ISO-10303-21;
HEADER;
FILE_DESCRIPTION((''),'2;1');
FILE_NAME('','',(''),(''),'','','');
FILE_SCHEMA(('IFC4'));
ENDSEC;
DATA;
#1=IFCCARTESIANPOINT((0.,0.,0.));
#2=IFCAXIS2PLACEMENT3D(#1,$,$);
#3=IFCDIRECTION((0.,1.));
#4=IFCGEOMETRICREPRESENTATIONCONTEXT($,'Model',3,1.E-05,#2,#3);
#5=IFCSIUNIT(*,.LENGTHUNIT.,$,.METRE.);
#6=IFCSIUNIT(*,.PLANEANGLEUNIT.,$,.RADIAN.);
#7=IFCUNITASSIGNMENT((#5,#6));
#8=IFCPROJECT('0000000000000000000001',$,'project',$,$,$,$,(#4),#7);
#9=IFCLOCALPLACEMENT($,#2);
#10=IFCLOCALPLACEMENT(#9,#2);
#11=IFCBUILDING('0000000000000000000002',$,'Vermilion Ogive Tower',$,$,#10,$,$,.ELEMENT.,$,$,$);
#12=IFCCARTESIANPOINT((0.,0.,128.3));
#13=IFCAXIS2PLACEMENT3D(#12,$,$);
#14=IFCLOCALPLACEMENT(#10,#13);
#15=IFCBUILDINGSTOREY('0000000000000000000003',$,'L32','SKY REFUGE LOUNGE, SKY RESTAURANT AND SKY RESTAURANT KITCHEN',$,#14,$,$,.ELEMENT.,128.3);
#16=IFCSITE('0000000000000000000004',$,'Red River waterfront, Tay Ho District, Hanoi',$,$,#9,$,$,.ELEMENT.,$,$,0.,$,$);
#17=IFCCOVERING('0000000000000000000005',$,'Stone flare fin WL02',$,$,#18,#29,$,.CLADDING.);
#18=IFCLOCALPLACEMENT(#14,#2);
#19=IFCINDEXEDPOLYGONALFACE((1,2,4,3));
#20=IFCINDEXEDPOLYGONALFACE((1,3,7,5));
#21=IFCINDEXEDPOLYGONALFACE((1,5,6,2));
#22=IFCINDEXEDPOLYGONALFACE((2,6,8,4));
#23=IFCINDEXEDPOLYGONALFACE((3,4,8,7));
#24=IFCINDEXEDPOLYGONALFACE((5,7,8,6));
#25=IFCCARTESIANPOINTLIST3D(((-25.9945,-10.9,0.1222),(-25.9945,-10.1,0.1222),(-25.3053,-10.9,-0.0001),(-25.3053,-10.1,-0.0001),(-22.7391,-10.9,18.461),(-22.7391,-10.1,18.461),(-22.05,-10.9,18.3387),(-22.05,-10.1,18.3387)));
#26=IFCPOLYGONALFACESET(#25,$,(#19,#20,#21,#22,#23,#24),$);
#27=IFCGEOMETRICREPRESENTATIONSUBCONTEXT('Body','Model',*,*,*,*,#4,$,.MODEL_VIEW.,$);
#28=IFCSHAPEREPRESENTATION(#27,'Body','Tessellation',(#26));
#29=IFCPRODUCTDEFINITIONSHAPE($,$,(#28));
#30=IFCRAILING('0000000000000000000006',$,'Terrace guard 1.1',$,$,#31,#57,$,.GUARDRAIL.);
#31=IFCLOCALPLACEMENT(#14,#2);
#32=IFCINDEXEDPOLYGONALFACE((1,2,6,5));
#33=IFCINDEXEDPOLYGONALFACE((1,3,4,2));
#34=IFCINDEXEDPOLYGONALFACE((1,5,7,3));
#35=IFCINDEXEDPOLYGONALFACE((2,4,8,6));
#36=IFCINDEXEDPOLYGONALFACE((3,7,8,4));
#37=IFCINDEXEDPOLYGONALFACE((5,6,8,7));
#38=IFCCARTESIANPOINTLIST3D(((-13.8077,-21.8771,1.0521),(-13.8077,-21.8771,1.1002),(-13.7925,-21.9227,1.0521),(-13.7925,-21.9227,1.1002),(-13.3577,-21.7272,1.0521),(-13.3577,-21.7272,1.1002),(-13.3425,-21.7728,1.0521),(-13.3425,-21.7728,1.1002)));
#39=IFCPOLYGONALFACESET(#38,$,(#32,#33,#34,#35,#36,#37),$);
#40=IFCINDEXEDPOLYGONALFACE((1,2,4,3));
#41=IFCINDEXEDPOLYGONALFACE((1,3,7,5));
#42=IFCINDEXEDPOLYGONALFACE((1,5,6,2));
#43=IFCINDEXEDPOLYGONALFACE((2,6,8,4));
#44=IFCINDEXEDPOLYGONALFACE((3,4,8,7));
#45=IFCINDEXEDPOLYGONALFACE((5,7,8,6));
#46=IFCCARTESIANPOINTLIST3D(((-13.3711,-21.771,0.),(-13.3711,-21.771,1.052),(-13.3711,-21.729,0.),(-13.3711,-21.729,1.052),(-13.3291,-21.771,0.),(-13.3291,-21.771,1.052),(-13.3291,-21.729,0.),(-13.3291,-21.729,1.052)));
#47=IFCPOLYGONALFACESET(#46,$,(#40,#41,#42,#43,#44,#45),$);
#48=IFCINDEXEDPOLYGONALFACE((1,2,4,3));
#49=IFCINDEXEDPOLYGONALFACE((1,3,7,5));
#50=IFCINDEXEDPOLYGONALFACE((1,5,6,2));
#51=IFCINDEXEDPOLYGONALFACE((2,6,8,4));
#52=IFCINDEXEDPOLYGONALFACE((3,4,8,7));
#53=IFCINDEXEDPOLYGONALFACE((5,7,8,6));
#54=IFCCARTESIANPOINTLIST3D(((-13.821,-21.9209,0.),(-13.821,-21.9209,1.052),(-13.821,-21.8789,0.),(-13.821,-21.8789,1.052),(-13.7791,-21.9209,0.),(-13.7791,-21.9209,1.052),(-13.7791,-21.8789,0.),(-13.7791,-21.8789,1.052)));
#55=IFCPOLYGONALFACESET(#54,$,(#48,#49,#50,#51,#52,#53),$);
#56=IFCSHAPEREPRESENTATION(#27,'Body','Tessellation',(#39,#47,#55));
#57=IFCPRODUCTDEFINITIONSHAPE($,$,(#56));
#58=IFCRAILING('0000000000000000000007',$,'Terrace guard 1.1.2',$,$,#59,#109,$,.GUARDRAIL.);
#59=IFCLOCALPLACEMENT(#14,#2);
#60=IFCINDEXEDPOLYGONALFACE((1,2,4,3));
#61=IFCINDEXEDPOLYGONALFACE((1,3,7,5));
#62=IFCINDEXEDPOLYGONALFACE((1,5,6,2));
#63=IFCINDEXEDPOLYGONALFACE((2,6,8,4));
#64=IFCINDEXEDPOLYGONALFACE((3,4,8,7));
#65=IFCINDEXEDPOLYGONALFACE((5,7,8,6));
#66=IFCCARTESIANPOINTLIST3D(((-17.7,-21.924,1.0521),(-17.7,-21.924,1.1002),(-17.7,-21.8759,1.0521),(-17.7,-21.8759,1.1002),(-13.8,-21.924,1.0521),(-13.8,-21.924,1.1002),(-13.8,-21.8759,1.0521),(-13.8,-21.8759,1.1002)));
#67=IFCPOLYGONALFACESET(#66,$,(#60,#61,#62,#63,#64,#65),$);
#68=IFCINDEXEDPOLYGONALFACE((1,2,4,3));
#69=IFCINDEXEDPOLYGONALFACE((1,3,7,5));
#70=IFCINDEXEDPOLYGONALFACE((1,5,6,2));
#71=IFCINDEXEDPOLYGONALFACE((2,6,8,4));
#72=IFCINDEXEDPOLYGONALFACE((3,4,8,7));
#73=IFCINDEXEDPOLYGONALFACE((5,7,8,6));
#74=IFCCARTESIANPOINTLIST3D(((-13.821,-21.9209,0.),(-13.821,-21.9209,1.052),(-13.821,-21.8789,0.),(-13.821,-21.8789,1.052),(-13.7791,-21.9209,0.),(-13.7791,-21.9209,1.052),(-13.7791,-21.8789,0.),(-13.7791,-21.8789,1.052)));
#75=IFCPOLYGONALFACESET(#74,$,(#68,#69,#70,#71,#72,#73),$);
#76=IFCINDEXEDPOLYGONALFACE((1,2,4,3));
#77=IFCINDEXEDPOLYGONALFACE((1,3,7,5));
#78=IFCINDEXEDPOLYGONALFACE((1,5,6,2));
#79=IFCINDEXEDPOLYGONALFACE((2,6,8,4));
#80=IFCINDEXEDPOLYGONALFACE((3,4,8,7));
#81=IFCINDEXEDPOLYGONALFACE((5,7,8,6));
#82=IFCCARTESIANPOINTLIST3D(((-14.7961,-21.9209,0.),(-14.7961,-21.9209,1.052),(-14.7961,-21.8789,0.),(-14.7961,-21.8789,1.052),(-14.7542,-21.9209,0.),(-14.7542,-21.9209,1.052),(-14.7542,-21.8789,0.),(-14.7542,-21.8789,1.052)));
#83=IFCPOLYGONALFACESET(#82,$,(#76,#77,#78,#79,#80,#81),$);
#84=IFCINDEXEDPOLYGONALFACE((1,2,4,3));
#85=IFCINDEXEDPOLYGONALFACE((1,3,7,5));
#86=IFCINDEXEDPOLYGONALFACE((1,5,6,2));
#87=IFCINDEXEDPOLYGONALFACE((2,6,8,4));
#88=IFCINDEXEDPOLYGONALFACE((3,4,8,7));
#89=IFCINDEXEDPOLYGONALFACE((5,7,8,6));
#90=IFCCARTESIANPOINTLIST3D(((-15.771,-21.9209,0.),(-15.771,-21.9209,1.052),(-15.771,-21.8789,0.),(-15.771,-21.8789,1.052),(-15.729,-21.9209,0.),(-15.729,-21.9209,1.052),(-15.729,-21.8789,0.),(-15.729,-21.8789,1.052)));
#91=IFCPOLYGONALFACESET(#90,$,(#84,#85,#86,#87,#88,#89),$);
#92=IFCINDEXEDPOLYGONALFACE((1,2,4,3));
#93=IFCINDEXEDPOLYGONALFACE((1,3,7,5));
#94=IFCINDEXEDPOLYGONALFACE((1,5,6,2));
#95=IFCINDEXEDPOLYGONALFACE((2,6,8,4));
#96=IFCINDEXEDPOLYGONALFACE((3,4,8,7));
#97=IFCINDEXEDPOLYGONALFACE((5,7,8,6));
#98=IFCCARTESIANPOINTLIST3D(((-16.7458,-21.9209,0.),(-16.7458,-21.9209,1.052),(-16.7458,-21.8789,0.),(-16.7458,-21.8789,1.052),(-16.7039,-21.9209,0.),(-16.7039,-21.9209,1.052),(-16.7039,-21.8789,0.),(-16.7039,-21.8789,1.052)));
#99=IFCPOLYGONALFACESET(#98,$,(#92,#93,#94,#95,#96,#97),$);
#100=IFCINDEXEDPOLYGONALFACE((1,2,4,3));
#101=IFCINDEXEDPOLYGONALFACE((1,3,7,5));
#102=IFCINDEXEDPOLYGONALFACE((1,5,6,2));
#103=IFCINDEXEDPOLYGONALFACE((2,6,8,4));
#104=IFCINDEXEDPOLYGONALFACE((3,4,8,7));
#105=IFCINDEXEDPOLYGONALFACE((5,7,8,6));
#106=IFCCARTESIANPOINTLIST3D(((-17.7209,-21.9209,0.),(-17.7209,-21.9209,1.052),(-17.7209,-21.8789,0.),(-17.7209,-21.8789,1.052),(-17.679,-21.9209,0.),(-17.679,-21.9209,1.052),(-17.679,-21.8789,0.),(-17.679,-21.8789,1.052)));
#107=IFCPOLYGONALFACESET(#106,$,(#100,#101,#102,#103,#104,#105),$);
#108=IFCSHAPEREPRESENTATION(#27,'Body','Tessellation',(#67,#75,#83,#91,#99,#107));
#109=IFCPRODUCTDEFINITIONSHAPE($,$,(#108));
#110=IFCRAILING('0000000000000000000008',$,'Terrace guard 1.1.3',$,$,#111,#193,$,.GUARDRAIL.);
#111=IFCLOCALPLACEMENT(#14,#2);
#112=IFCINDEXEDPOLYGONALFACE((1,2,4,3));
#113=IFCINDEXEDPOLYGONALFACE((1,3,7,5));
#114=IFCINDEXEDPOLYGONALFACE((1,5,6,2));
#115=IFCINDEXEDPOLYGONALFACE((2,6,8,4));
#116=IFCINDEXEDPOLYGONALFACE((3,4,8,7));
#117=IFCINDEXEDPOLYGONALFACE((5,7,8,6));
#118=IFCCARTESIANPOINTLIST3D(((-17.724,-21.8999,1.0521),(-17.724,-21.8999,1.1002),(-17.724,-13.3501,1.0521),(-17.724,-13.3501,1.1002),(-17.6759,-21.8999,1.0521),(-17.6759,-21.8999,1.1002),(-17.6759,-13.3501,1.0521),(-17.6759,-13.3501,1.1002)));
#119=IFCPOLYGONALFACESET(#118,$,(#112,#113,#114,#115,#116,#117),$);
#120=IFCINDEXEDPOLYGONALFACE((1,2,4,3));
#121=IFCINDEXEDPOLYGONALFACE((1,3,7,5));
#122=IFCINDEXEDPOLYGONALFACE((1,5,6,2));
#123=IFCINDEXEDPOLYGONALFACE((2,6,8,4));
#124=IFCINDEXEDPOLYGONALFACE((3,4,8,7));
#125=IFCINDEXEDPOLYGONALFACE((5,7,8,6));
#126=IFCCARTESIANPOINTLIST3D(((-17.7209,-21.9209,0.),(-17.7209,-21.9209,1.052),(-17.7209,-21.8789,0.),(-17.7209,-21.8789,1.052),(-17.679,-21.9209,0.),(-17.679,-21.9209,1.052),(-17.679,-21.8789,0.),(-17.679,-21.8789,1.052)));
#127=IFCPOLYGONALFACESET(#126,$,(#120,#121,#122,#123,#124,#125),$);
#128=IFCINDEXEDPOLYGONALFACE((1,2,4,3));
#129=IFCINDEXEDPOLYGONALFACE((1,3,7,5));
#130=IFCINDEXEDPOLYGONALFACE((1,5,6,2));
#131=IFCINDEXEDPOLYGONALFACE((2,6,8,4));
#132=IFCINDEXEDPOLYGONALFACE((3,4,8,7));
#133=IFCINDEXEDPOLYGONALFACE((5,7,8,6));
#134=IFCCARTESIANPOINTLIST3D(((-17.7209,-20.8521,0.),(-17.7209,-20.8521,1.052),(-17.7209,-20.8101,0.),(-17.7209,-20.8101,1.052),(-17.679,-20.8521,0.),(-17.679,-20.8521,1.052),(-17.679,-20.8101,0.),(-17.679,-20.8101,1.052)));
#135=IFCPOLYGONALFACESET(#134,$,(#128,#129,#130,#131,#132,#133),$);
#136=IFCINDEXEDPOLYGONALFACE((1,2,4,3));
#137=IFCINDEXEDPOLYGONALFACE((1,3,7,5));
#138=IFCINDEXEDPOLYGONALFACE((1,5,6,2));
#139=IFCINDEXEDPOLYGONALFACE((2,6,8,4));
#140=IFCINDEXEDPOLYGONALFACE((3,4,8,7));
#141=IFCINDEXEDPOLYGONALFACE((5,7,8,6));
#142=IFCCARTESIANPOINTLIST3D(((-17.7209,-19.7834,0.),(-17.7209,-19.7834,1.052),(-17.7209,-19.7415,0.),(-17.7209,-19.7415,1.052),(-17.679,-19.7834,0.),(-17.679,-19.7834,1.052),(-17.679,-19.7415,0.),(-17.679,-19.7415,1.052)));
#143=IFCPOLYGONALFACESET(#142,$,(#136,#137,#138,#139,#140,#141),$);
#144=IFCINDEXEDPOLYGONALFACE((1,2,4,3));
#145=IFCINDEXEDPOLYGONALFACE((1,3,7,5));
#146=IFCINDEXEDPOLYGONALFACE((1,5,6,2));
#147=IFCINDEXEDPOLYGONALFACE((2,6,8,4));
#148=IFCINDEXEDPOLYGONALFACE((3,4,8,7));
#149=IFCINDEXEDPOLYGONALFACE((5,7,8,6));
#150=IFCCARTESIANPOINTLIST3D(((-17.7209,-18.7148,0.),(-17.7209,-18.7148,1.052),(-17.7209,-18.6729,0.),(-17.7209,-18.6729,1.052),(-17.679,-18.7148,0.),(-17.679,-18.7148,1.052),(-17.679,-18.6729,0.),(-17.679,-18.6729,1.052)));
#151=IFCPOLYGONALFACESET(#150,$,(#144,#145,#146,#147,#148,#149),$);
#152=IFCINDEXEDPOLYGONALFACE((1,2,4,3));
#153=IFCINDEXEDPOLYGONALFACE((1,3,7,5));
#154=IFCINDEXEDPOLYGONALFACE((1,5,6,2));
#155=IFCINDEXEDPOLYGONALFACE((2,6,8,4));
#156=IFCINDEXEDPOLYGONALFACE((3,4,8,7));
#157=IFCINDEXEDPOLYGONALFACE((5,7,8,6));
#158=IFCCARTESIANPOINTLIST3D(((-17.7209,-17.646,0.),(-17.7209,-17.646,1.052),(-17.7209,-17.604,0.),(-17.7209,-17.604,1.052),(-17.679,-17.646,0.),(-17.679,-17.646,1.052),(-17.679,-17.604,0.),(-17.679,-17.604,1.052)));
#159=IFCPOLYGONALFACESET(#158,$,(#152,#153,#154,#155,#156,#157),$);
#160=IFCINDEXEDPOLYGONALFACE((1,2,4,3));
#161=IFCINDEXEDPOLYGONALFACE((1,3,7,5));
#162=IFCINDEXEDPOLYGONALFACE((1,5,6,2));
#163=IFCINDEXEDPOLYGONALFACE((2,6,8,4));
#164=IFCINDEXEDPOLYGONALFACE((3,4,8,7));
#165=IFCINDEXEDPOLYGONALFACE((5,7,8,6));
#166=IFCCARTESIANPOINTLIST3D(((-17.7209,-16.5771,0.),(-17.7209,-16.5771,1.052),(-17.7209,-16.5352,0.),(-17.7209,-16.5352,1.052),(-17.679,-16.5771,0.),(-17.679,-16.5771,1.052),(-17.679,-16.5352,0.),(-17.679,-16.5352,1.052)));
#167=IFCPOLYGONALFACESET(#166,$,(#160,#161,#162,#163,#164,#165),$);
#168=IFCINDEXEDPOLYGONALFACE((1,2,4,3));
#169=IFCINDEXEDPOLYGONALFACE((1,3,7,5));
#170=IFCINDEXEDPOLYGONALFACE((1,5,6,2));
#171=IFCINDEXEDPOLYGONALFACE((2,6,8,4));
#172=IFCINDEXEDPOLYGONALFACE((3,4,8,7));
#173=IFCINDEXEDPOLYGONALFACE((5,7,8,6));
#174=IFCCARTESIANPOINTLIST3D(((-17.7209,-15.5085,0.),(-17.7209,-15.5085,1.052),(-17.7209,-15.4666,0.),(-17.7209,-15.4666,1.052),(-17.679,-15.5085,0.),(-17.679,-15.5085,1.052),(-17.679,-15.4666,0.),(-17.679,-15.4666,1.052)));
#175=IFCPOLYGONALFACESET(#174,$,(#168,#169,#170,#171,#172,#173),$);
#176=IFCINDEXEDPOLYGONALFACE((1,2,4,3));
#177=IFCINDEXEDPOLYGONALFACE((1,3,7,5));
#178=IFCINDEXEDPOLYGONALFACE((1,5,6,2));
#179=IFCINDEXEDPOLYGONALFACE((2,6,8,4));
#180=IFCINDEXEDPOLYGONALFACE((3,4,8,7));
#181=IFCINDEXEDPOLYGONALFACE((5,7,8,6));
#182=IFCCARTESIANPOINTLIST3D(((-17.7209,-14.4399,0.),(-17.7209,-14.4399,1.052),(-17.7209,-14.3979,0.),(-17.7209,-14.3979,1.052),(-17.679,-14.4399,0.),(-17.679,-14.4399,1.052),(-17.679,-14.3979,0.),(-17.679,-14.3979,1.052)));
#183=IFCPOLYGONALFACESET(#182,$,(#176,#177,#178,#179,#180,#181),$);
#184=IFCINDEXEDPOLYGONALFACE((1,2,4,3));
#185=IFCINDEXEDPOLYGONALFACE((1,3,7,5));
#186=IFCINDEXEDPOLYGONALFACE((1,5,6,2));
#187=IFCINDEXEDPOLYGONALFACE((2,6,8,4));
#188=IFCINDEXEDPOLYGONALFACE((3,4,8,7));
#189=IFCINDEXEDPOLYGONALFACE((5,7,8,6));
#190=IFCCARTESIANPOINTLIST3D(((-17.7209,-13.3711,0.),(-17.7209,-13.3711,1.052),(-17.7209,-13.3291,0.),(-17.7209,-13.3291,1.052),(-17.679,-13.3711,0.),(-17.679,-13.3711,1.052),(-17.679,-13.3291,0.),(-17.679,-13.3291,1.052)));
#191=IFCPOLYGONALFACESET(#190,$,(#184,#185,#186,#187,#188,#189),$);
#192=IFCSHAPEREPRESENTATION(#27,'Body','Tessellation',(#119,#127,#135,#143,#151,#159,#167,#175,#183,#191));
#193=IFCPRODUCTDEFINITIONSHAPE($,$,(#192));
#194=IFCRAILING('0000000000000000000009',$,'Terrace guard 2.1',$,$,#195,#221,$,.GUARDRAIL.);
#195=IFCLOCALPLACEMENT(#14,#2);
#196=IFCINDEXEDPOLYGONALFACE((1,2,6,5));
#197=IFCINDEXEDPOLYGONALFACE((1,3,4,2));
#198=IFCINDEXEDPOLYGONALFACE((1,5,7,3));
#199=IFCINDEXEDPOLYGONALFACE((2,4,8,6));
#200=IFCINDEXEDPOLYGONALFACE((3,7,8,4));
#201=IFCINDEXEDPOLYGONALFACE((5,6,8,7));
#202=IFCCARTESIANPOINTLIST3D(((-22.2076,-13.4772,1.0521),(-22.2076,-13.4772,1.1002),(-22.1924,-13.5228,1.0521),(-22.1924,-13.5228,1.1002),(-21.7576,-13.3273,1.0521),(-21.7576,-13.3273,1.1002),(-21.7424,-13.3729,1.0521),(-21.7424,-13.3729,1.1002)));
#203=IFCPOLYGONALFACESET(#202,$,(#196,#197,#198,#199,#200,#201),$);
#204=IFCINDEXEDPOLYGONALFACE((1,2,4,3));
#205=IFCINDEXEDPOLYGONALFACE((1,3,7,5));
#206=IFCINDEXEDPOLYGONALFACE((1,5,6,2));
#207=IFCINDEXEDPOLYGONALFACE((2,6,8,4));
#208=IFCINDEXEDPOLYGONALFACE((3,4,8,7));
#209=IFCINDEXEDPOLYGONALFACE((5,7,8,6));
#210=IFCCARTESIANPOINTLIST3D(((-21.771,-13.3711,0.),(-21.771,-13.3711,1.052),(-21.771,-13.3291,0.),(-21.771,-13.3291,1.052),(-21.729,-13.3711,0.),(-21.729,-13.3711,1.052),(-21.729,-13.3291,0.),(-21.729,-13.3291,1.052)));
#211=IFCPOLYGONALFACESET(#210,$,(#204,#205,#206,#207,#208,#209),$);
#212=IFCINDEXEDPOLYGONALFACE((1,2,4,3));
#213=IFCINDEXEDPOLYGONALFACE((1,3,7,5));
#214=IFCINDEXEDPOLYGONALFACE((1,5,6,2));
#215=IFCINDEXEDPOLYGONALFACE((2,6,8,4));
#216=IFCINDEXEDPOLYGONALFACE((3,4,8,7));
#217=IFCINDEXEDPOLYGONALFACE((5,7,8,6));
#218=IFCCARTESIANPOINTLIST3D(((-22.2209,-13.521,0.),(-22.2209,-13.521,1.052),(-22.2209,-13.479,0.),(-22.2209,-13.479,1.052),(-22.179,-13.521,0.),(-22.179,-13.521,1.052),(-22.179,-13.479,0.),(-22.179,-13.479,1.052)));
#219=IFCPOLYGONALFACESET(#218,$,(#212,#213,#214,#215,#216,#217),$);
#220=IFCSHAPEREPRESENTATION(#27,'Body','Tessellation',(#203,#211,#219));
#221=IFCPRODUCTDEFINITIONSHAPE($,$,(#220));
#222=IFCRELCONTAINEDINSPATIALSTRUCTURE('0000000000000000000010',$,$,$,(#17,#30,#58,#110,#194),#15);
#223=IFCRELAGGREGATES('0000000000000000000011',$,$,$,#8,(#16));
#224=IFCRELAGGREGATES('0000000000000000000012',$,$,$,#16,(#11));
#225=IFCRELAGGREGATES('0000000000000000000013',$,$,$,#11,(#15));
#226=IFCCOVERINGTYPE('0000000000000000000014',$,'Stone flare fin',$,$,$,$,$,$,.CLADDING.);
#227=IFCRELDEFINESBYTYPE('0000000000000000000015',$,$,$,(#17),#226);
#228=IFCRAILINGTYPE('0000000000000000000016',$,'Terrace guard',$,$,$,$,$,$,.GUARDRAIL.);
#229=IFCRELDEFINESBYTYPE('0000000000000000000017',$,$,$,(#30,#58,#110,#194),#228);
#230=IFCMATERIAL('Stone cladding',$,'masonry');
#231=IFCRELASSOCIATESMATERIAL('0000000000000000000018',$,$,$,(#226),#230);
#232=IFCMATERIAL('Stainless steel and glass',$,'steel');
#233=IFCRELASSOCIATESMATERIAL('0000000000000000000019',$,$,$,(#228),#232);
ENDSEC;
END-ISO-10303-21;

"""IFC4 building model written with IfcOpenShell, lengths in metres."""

from ifc_helpers import new_model, si_unit, direction, frame, origin, origin_2d, place, context, subcontext, project, spatial, rectangle, extrude, material, material_profile, profile_set, type_object, element, save


model = new_model("IFC4")

# Units and contexts
model_context = context("Model", 3, precision=1e-05, world=origin(), true_north=direction((0.0, 1.0)))
body_context = subcontext(model_context, "Body", "Model", "MODEL_VIEW")
ifc_project = project(units=[si_unit("LENGTHUNIT", "METRE"), si_unit("PLANEANGLEUNIT", "RADIAN")], contexts=[model_context])

# Site, building, storey
site_placement = place(None, origin())
site = spatial("IfcSite", under=ifc_project, at=site_placement, Name="Red River waterfront, Tay Ho District, Hanoi", CompositionType="ELEMENT", RefElevation=0.0)
building_placement = place(site_placement, origin())
building = spatial("IfcBuilding", under=site, at=building_placement, Name="Vermilion Ogive Tower", CompositionType="ELEMENT")
storey_placement = place(building_placement, frame((0.0, 0.0, 128.3)))
storey = spatial("IfcBuildingStorey", under=building, at=storey_placement, Name="L32", Description="SKY REFUGE LOUNGE, SKY RESTAURANT AND SKY RESTAURANT KITCHEN", CompositionType="ELEMENT", Elevation=128.3)

# Covering
ifc_material_1 = material(Name="Stone cladding", Category="masonry")
ifc_material_profile_1 = material_profile(ifc_material_1, rectangle(XDim=0.8, YDim=0.7, at=origin_2d()), Name="STONE 800x700")
ifc_profile_set_1 = profile_set([ifc_material_profile_1], Name="Stone cladding")
covering_type = type_object("IfcCoveringType", Name="Stone flare fin", PredefinedType="CLADDING", material=ifc_profile_set_1)
for number, where, z_axis, x_axis, name in (
    (1, (-25.6499, -10.5, 0.061), (0.17478, 0.0, 0.984608), (0.0, 1.0, 0.0), "Stone flare fin WL02"),
):
    element("IfcCovering", number, at=place(storey_placement, frame(where, z_axis=z_axis, x_axis=x_axis)), inside=storey, type_object=covering_type, Name=name, PredefinedType="CLADDING", context=body_context, shape_type="SweptSolid", body=[
        extrude(rectangle(XDim=0.8, YDim=0.7, at=origin_2d()), origin(), (0.0, 0.0, 1.0), 18.6255),
    ])

# Railings
ifc_material_2 = material(Name="Stainless steel and glass", Category="steel")
railing_type = type_object("IfcRailingType", Name="Terrace guard", PredefinedType="GUARDRAIL", material=ifc_material_2)
railing_1_placement = place(storey_placement, frame((-13.3501, -21.75, 0.0)))
element("IfcRailing", 2, at=railing_1_placement, inside=storey, type_object=railing_type, Name="Terrace guard 1.1", PredefinedType="GUARDRAIL", context=body_context, shape_type="SweptSolid", body=[
    extrude(rectangle(XDim=0.0481, YDim=0.0481, at=origin_2d()), frame((0.0, 0.0, 1.0762), z_axis=(-0.948735, -0.316073, 0.0), x_axis=(0.316073, -0.948735, 0.0)), (0.0, 0.0, 1.0), 0.4744),
    extrude(rectangle(XDim=0.042, YDim=0.042, at=origin_2d()), origin(), (0.0, 0.0, 1.0), 1.052),
    extrude(rectangle(XDim=0.042, YDim=0.042, at=origin_2d()), frame((-0.45, -0.1499, 0.0)), (0.0, 0.0, 1.0), 1.052),
])
railing_2_placement = place(storey_placement, frame((-13.8, -21.8999, 0.0)))
element("IfcRailing", 3, at=railing_2_placement, inside=storey, type_object=railing_type, Name="Terrace guard 1.1.2", PredefinedType="GUARDRAIL", context=body_context, shape_type="SweptSolid", body=[
    extrude(rectangle(XDim=0.0481, YDim=0.0481, at=origin_2d()), frame((0.0, 0.0, 1.0762), z_axis=(-1.0, 0.0, 0.0), x_axis=(0.0, -1.0, 0.0)), (0.0, 0.0, 1.0), 3.8999),
    extrude(rectangle(XDim=0.042, YDim=0.042, at=origin_2d()), origin(), (0.0, 0.0, 1.0), 1.052),
    extrude(rectangle(XDim=0.042, YDim=0.042, at=origin_2d()), frame((-0.9751, 0.0, 0.0)), (0.0, 0.0, 1.0), 1.052),
    extrude(rectangle(XDim=0.042, YDim=0.042, at=origin_2d()), frame((-1.95, 0.0, 0.0)), (0.0, 0.0, 1.0), 1.052),
    extrude(rectangle(XDim=0.042, YDim=0.042, at=origin_2d()), frame((-2.9248, 0.0, 0.0)), (0.0, 0.0, 1.0), 1.052),
    extrude(rectangle(XDim=0.042, YDim=0.042, at=origin_2d()), frame((-3.8999, 0.0, 0.0)), (0.0, 0.0, 1.0), 1.052),
])
railing_3_placement = place(storey_placement, frame((-17.7, -21.8999, 0.0)))
element("IfcRailing", 4, at=railing_3_placement, inside=storey, type_object=railing_type, Name="Terrace guard 1.1.3", PredefinedType="GUARDRAIL", context=body_context, shape_type="SweptSolid", body=[
    extrude(rectangle(XDim=0.0481, YDim=0.0481, at=origin_2d()), frame((0.0, 0.0, 1.0762), z_axis=(0.0, 1.0, 0.0), x_axis=(-1.0, 0.0, 0.0)), (0.0, 0.0, 1.0), 8.5498),
    extrude(rectangle(XDim=0.042, YDim=0.042, at=origin_2d()), origin(), (0.0, 0.0, 1.0), 1.052),
    extrude(rectangle(XDim=0.042, YDim=0.042, at=origin_2d()), frame((0.0, 1.0688, 0.0)), (0.0, 0.0, 1.0), 1.052),
    extrude(rectangle(XDim=0.042, YDim=0.042, at=origin_2d()), frame((0.0, 2.1375, 0.0)), (0.0, 0.0, 1.0), 1.052),
    extrude(rectangle(XDim=0.042, YDim=0.042, at=origin_2d()), frame((0.0, 3.2061, 0.0)), (0.0, 0.0, 1.0), 1.052),
    extrude(rectangle(XDim=0.042, YDim=0.042, at=origin_2d()), frame((0.0, 4.2749, 0.0)), (0.0, 0.0, 1.0), 1.052),
    extrude(rectangle(XDim=0.042, YDim=0.042, at=origin_2d()), frame((0.0, 5.3438, 0.0)), (0.0, 0.0, 1.0), 1.052),
    extrude(rectangle(XDim=0.042, YDim=0.042, at=origin_2d()), frame((0.0, 6.4124, 0.0)), (0.0, 0.0, 1.0), 1.052),
    extrude(rectangle(XDim=0.042, YDim=0.042, at=origin_2d()), frame((0.0, 7.481, 0.0)), (0.0, 0.0, 1.0), 1.052),
    extrude(rectangle(XDim=0.042, YDim=0.042, at=origin_2d()), frame((0.0, 8.5498, 0.0)), (0.0, 0.0, 1.0), 1.052),
])
railing_4_placement = place(storey_placement, frame((-21.75, -13.3501, 0.0)))
element("IfcRailing", 5, at=railing_4_placement, inside=storey, type_object=railing_type, Name="Terrace guard 2.1", PredefinedType="GUARDRAIL", context=body_context, shape_type="SweptSolid", body=[
    extrude(rectangle(XDim=0.0481, YDim=0.0481, at=origin_2d()), frame((0.0, 0.0, 1.0762), z_axis=(-0.948735, -0.316073, 0.0), x_axis=(0.316073, -0.948735, 0.0)), (0.0, 0.0, 1.0), 0.4744),
    extrude(rectangle(XDim=0.042, YDim=0.042, at=origin_2d()), origin(), (0.0, 0.0, 1.0), 1.052),
    extrude(rectangle(XDim=0.042, YDim=0.042, at=origin_2d()), frame((-0.45, -0.1499, 0.0)), (0.0, 0.0, 1.0), 1.052),
])

save(model, "model.ifc")
